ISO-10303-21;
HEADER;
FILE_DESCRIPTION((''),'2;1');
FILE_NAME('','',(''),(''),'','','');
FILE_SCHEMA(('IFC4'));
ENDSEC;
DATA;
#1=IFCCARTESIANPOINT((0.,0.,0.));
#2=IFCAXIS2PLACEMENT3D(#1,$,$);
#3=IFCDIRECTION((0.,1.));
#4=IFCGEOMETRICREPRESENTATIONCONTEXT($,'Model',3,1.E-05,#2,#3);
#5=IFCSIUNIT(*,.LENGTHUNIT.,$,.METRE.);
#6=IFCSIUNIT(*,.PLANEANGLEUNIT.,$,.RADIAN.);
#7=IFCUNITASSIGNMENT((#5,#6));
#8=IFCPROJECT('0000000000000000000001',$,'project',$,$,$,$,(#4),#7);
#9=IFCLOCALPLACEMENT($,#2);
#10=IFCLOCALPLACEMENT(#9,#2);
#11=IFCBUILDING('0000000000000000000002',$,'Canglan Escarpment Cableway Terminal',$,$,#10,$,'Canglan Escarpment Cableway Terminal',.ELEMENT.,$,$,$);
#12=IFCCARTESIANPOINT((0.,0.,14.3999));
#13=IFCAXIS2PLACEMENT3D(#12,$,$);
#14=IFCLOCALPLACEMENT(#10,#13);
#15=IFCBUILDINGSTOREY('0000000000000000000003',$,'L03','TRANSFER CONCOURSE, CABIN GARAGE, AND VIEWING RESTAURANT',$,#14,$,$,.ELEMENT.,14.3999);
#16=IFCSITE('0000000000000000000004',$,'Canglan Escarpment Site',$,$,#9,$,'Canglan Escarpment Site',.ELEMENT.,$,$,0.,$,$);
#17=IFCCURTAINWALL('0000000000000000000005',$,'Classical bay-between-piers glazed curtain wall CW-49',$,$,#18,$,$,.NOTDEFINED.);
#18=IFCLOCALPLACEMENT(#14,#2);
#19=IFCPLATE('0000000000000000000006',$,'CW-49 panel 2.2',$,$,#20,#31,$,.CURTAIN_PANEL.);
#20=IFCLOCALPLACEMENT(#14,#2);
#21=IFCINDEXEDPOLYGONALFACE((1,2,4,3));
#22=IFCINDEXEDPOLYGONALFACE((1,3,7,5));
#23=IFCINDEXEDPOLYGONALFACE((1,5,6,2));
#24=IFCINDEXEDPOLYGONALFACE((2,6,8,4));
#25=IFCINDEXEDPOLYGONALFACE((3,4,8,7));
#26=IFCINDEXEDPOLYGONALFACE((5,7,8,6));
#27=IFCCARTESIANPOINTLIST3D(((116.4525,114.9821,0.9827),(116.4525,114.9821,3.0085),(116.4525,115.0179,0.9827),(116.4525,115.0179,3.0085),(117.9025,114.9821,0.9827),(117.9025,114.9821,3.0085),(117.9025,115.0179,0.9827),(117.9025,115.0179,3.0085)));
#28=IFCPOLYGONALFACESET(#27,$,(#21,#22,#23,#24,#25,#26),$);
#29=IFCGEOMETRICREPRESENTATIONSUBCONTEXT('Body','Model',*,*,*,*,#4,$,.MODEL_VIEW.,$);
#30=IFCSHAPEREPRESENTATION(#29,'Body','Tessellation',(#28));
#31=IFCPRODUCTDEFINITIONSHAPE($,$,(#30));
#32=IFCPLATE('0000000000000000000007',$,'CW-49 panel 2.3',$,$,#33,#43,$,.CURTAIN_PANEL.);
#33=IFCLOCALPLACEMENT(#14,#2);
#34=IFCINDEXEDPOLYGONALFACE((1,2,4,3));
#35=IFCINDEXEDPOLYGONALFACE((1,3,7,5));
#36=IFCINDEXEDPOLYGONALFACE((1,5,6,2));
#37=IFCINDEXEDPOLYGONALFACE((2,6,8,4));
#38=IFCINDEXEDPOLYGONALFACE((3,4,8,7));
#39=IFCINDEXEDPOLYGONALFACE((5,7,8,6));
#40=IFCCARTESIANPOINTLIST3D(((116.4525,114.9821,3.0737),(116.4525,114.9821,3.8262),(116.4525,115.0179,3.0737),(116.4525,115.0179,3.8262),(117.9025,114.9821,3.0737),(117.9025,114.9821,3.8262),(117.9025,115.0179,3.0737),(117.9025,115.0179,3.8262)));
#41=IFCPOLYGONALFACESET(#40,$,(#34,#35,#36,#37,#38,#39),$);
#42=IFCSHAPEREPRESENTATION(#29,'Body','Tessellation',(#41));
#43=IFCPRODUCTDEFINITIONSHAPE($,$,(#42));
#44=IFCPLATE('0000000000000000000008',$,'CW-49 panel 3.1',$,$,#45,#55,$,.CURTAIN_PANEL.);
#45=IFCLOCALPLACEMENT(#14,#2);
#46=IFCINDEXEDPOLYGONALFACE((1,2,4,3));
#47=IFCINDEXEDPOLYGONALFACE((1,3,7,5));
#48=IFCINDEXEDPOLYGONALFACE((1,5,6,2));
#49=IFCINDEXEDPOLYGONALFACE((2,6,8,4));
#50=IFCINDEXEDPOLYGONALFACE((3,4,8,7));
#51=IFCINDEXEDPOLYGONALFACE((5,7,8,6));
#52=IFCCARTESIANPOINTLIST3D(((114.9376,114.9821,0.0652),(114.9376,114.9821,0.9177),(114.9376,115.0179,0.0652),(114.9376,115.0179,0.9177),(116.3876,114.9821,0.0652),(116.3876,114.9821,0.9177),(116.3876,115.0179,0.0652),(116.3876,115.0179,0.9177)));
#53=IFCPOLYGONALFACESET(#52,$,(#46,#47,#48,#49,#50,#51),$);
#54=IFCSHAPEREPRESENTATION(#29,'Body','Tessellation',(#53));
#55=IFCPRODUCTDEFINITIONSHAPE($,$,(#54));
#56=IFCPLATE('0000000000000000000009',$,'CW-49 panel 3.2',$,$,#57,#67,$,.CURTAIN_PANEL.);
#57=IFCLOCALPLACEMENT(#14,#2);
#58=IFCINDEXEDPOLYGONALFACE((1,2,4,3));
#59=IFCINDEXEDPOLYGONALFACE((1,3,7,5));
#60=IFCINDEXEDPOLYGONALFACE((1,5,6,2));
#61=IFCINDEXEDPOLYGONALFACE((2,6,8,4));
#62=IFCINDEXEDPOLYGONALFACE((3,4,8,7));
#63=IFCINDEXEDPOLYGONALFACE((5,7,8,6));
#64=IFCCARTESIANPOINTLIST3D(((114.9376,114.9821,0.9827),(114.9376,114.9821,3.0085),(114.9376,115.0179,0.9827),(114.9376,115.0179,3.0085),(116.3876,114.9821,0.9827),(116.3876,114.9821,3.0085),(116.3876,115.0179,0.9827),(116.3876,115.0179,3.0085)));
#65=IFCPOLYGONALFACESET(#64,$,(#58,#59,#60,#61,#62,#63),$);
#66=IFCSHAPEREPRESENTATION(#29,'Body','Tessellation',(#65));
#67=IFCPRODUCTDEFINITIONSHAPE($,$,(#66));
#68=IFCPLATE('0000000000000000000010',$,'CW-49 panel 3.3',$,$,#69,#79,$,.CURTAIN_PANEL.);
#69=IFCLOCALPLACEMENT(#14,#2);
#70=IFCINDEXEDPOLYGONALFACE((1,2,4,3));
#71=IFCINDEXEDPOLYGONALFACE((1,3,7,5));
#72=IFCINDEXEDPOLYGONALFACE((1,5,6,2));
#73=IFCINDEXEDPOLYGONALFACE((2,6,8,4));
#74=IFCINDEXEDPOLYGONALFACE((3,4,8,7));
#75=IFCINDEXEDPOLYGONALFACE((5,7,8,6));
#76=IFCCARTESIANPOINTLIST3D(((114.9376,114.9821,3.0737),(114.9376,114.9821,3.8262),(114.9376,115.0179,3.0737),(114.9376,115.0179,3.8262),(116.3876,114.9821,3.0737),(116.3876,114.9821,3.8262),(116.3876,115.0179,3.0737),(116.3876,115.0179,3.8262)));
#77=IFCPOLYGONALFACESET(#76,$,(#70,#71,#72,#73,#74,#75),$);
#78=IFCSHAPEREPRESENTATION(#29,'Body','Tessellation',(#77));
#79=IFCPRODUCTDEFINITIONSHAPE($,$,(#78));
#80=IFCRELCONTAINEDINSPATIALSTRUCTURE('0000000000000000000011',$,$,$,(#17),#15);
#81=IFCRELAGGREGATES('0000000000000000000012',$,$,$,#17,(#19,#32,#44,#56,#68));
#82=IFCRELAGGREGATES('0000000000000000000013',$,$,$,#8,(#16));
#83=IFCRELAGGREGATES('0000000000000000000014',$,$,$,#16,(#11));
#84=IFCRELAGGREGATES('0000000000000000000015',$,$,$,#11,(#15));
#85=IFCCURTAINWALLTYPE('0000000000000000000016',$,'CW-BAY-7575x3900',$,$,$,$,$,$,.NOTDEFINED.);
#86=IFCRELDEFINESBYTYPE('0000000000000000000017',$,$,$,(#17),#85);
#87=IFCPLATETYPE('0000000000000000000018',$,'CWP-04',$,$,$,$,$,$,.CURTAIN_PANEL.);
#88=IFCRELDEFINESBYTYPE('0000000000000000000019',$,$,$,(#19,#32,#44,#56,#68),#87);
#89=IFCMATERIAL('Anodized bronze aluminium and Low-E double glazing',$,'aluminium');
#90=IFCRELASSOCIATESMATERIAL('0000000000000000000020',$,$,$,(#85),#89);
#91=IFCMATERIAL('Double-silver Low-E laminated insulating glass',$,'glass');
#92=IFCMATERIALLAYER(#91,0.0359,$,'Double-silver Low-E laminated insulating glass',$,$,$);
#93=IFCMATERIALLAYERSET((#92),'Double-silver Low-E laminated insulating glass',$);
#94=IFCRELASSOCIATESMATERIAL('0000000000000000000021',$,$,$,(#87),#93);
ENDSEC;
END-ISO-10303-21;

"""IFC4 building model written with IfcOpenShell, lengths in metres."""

from ifc_helpers import new_model, si_unit, direction, frame, origin, origin_2d, place, context, subcontext, project, spatial, rectangle, extrude, material, layer, layer_set, type_object, element, aggregate, save


model = new_model("IFC4")

# Units and contexts
model_context = context("Model", 3, precision=1e-05, world=origin(), true_north=direction((0.0, 1.0)))
body_context = subcontext(model_context, "Body", "Model", "MODEL_VIEW")
ifc_project = project(units=[si_unit("LENGTHUNIT", "METRE"), si_unit("PLANEANGLEUNIT", "RADIAN")], contexts=[model_context])

# Site, building, storey
site_placement = place(None, origin())
site = spatial("IfcSite", under=ifc_project, at=site_placement, Name="Canglan Escarpment Site", LongName="Canglan Escarpment Site", CompositionType="ELEMENT", RefElevation=0.0)
building_placement = place(site_placement, origin())
building = spatial("IfcBuilding", under=site, at=building_placement, Name="Canglan Escarpment Cableway Terminal", LongName="Canglan Escarpment Cableway Terminal", CompositionType="ELEMENT")
storey_placement = place(building_placement, frame((0.0, 0.0, 14.3999)))
storey = spatial("IfcBuildingStorey", under=building, at=storey_placement, Name="L03", Description="TRANSFER CONCOURSE, CABIN GARAGE, AND VIEWING RESTAURANT", CompositionType="ELEMENT", Elevation=14.3999)

# Curtain wall, plates
ifc_material_1 = material(Name="Anodized bronze aluminium and Low-E double glazing", Category="aluminium")
curtain_wall_type = type_object("IfcCurtainWallType", Name="CW-BAY-7575x3900", PredefinedType="NOTDEFINED", material=ifc_material_1)
curtain_wall_placement = place(storey_placement, origin())
curtain_wall = element("IfcCurtainWall", 1, at=curtain_wall_placement, inside=storey, type_object=curtain_wall_type, Name="Classical bay-between-piers glazed curtain wall CW-49", PredefinedType="NOTDEFINED")
ifc_material_2 = material(Name="Double-silver Low-E laminated insulating glass", Category="glass")
ifc_layer = layer(ifc_material_2, 0.0359, Name="Double-silver Low-E laminated insulating glass")
ifc_layer_set = layer_set([ifc_layer], Name="Double-silver Low-E laminated insulating glass")
plate_type = type_object("IfcPlateType", Name="CWP-04", PredefinedType="CURTAIN_PANEL", material=ifc_layer_set)
plate_1_placement = place(storey_placement, frame((117.1775, 115.0, 0.9827), z_axis=(0.0, 0.0, 1.0), x_axis=(-1.0, 0.0, 0.0)))
plate_1 = element("IfcPlate", 2, at=plate_1_placement, type_object=plate_type, Name="CW-49 panel 2.2", PredefinedType="CURTAIN_PANEL", context=body_context, shape_type="SweptSolid", body=[
    extrude(rectangle(XDim=1.45, YDim=0.0359, at=origin_2d()), origin(), (0.0, 0.0, 1.0), 2.0259),
])
plate_2_placement = place(storey_placement, frame((117.1775, 115.0, 3.0737), z_axis=(0.0, 0.0, 1.0), x_axis=(-1.0, 0.0, 0.0)))
plate_2 = element("IfcPlate", 3, at=plate_2_placement, type_object=plate_type, Name="CW-49 panel 2.3", PredefinedType="CURTAIN_PANEL", context=body_context, shape_type="SweptSolid", body=[
    extrude(rectangle(XDim=1.45, YDim=0.0359, at=origin_2d()), origin(), (0.0, 0.0, 1.0), 0.7524),
])
plate_3_placement = place(storey_placement, frame((115.6626, 115.0, 0.0652), z_axis=(0.0, 0.0, 1.0), x_axis=(-1.0, 0.0, 0.0)))
plate_3 = element("IfcPlate", 4, at=plate_3_placement, type_object=plate_type, Name="CW-49 panel 3.1", PredefinedType="CURTAIN_PANEL", context=body_context, shape_type="SweptSolid", body=[
    extrude(rectangle(XDim=1.45, YDim=0.0359, at=origin_2d()), origin(), (0.0, 0.0, 1.0), 0.8525),
])
plate_4_placement = place(storey_placement, frame((115.6626, 115.0, 0.9827), z_axis=(0.0, 0.0, 1.0), x_axis=(-1.0, 0.0, 0.0)))
plate_4 = element("IfcPlate", 5, at=plate_4_placement, type_object=plate_type, Name="CW-49 panel 3.2", PredefinedType="CURTAIN_PANEL", context=body_context, shape_type="SweptSolid", body=[
    extrude(rectangle(XDim=1.45, YDim=0.0359, at=origin_2d()), origin(), (0.0, 0.0, 1.0), 2.0259),
])
plate_5_placement = place(storey_placement, frame((115.6626, 115.0, 3.0737), z_axis=(0.0, 0.0, 1.0), x_axis=(-1.0, 0.0, 0.0)))
plate_5 = element("IfcPlate", 6, at=plate_5_placement, type_object=plate_type, Name="CW-49 panel 3.3", PredefinedType="CURTAIN_PANEL", context=body_context, shape_type="SweptSolid", body=[
    extrude(rectangle(XDim=1.45, YDim=0.0359, at=origin_2d()), origin(), (0.0, 0.0, 1.0), 0.7524),
])
aggregate(curtain_wall, [plate_1, plate_2, plate_3, plate_4, plate_5])

save(model, "model.ifc")
